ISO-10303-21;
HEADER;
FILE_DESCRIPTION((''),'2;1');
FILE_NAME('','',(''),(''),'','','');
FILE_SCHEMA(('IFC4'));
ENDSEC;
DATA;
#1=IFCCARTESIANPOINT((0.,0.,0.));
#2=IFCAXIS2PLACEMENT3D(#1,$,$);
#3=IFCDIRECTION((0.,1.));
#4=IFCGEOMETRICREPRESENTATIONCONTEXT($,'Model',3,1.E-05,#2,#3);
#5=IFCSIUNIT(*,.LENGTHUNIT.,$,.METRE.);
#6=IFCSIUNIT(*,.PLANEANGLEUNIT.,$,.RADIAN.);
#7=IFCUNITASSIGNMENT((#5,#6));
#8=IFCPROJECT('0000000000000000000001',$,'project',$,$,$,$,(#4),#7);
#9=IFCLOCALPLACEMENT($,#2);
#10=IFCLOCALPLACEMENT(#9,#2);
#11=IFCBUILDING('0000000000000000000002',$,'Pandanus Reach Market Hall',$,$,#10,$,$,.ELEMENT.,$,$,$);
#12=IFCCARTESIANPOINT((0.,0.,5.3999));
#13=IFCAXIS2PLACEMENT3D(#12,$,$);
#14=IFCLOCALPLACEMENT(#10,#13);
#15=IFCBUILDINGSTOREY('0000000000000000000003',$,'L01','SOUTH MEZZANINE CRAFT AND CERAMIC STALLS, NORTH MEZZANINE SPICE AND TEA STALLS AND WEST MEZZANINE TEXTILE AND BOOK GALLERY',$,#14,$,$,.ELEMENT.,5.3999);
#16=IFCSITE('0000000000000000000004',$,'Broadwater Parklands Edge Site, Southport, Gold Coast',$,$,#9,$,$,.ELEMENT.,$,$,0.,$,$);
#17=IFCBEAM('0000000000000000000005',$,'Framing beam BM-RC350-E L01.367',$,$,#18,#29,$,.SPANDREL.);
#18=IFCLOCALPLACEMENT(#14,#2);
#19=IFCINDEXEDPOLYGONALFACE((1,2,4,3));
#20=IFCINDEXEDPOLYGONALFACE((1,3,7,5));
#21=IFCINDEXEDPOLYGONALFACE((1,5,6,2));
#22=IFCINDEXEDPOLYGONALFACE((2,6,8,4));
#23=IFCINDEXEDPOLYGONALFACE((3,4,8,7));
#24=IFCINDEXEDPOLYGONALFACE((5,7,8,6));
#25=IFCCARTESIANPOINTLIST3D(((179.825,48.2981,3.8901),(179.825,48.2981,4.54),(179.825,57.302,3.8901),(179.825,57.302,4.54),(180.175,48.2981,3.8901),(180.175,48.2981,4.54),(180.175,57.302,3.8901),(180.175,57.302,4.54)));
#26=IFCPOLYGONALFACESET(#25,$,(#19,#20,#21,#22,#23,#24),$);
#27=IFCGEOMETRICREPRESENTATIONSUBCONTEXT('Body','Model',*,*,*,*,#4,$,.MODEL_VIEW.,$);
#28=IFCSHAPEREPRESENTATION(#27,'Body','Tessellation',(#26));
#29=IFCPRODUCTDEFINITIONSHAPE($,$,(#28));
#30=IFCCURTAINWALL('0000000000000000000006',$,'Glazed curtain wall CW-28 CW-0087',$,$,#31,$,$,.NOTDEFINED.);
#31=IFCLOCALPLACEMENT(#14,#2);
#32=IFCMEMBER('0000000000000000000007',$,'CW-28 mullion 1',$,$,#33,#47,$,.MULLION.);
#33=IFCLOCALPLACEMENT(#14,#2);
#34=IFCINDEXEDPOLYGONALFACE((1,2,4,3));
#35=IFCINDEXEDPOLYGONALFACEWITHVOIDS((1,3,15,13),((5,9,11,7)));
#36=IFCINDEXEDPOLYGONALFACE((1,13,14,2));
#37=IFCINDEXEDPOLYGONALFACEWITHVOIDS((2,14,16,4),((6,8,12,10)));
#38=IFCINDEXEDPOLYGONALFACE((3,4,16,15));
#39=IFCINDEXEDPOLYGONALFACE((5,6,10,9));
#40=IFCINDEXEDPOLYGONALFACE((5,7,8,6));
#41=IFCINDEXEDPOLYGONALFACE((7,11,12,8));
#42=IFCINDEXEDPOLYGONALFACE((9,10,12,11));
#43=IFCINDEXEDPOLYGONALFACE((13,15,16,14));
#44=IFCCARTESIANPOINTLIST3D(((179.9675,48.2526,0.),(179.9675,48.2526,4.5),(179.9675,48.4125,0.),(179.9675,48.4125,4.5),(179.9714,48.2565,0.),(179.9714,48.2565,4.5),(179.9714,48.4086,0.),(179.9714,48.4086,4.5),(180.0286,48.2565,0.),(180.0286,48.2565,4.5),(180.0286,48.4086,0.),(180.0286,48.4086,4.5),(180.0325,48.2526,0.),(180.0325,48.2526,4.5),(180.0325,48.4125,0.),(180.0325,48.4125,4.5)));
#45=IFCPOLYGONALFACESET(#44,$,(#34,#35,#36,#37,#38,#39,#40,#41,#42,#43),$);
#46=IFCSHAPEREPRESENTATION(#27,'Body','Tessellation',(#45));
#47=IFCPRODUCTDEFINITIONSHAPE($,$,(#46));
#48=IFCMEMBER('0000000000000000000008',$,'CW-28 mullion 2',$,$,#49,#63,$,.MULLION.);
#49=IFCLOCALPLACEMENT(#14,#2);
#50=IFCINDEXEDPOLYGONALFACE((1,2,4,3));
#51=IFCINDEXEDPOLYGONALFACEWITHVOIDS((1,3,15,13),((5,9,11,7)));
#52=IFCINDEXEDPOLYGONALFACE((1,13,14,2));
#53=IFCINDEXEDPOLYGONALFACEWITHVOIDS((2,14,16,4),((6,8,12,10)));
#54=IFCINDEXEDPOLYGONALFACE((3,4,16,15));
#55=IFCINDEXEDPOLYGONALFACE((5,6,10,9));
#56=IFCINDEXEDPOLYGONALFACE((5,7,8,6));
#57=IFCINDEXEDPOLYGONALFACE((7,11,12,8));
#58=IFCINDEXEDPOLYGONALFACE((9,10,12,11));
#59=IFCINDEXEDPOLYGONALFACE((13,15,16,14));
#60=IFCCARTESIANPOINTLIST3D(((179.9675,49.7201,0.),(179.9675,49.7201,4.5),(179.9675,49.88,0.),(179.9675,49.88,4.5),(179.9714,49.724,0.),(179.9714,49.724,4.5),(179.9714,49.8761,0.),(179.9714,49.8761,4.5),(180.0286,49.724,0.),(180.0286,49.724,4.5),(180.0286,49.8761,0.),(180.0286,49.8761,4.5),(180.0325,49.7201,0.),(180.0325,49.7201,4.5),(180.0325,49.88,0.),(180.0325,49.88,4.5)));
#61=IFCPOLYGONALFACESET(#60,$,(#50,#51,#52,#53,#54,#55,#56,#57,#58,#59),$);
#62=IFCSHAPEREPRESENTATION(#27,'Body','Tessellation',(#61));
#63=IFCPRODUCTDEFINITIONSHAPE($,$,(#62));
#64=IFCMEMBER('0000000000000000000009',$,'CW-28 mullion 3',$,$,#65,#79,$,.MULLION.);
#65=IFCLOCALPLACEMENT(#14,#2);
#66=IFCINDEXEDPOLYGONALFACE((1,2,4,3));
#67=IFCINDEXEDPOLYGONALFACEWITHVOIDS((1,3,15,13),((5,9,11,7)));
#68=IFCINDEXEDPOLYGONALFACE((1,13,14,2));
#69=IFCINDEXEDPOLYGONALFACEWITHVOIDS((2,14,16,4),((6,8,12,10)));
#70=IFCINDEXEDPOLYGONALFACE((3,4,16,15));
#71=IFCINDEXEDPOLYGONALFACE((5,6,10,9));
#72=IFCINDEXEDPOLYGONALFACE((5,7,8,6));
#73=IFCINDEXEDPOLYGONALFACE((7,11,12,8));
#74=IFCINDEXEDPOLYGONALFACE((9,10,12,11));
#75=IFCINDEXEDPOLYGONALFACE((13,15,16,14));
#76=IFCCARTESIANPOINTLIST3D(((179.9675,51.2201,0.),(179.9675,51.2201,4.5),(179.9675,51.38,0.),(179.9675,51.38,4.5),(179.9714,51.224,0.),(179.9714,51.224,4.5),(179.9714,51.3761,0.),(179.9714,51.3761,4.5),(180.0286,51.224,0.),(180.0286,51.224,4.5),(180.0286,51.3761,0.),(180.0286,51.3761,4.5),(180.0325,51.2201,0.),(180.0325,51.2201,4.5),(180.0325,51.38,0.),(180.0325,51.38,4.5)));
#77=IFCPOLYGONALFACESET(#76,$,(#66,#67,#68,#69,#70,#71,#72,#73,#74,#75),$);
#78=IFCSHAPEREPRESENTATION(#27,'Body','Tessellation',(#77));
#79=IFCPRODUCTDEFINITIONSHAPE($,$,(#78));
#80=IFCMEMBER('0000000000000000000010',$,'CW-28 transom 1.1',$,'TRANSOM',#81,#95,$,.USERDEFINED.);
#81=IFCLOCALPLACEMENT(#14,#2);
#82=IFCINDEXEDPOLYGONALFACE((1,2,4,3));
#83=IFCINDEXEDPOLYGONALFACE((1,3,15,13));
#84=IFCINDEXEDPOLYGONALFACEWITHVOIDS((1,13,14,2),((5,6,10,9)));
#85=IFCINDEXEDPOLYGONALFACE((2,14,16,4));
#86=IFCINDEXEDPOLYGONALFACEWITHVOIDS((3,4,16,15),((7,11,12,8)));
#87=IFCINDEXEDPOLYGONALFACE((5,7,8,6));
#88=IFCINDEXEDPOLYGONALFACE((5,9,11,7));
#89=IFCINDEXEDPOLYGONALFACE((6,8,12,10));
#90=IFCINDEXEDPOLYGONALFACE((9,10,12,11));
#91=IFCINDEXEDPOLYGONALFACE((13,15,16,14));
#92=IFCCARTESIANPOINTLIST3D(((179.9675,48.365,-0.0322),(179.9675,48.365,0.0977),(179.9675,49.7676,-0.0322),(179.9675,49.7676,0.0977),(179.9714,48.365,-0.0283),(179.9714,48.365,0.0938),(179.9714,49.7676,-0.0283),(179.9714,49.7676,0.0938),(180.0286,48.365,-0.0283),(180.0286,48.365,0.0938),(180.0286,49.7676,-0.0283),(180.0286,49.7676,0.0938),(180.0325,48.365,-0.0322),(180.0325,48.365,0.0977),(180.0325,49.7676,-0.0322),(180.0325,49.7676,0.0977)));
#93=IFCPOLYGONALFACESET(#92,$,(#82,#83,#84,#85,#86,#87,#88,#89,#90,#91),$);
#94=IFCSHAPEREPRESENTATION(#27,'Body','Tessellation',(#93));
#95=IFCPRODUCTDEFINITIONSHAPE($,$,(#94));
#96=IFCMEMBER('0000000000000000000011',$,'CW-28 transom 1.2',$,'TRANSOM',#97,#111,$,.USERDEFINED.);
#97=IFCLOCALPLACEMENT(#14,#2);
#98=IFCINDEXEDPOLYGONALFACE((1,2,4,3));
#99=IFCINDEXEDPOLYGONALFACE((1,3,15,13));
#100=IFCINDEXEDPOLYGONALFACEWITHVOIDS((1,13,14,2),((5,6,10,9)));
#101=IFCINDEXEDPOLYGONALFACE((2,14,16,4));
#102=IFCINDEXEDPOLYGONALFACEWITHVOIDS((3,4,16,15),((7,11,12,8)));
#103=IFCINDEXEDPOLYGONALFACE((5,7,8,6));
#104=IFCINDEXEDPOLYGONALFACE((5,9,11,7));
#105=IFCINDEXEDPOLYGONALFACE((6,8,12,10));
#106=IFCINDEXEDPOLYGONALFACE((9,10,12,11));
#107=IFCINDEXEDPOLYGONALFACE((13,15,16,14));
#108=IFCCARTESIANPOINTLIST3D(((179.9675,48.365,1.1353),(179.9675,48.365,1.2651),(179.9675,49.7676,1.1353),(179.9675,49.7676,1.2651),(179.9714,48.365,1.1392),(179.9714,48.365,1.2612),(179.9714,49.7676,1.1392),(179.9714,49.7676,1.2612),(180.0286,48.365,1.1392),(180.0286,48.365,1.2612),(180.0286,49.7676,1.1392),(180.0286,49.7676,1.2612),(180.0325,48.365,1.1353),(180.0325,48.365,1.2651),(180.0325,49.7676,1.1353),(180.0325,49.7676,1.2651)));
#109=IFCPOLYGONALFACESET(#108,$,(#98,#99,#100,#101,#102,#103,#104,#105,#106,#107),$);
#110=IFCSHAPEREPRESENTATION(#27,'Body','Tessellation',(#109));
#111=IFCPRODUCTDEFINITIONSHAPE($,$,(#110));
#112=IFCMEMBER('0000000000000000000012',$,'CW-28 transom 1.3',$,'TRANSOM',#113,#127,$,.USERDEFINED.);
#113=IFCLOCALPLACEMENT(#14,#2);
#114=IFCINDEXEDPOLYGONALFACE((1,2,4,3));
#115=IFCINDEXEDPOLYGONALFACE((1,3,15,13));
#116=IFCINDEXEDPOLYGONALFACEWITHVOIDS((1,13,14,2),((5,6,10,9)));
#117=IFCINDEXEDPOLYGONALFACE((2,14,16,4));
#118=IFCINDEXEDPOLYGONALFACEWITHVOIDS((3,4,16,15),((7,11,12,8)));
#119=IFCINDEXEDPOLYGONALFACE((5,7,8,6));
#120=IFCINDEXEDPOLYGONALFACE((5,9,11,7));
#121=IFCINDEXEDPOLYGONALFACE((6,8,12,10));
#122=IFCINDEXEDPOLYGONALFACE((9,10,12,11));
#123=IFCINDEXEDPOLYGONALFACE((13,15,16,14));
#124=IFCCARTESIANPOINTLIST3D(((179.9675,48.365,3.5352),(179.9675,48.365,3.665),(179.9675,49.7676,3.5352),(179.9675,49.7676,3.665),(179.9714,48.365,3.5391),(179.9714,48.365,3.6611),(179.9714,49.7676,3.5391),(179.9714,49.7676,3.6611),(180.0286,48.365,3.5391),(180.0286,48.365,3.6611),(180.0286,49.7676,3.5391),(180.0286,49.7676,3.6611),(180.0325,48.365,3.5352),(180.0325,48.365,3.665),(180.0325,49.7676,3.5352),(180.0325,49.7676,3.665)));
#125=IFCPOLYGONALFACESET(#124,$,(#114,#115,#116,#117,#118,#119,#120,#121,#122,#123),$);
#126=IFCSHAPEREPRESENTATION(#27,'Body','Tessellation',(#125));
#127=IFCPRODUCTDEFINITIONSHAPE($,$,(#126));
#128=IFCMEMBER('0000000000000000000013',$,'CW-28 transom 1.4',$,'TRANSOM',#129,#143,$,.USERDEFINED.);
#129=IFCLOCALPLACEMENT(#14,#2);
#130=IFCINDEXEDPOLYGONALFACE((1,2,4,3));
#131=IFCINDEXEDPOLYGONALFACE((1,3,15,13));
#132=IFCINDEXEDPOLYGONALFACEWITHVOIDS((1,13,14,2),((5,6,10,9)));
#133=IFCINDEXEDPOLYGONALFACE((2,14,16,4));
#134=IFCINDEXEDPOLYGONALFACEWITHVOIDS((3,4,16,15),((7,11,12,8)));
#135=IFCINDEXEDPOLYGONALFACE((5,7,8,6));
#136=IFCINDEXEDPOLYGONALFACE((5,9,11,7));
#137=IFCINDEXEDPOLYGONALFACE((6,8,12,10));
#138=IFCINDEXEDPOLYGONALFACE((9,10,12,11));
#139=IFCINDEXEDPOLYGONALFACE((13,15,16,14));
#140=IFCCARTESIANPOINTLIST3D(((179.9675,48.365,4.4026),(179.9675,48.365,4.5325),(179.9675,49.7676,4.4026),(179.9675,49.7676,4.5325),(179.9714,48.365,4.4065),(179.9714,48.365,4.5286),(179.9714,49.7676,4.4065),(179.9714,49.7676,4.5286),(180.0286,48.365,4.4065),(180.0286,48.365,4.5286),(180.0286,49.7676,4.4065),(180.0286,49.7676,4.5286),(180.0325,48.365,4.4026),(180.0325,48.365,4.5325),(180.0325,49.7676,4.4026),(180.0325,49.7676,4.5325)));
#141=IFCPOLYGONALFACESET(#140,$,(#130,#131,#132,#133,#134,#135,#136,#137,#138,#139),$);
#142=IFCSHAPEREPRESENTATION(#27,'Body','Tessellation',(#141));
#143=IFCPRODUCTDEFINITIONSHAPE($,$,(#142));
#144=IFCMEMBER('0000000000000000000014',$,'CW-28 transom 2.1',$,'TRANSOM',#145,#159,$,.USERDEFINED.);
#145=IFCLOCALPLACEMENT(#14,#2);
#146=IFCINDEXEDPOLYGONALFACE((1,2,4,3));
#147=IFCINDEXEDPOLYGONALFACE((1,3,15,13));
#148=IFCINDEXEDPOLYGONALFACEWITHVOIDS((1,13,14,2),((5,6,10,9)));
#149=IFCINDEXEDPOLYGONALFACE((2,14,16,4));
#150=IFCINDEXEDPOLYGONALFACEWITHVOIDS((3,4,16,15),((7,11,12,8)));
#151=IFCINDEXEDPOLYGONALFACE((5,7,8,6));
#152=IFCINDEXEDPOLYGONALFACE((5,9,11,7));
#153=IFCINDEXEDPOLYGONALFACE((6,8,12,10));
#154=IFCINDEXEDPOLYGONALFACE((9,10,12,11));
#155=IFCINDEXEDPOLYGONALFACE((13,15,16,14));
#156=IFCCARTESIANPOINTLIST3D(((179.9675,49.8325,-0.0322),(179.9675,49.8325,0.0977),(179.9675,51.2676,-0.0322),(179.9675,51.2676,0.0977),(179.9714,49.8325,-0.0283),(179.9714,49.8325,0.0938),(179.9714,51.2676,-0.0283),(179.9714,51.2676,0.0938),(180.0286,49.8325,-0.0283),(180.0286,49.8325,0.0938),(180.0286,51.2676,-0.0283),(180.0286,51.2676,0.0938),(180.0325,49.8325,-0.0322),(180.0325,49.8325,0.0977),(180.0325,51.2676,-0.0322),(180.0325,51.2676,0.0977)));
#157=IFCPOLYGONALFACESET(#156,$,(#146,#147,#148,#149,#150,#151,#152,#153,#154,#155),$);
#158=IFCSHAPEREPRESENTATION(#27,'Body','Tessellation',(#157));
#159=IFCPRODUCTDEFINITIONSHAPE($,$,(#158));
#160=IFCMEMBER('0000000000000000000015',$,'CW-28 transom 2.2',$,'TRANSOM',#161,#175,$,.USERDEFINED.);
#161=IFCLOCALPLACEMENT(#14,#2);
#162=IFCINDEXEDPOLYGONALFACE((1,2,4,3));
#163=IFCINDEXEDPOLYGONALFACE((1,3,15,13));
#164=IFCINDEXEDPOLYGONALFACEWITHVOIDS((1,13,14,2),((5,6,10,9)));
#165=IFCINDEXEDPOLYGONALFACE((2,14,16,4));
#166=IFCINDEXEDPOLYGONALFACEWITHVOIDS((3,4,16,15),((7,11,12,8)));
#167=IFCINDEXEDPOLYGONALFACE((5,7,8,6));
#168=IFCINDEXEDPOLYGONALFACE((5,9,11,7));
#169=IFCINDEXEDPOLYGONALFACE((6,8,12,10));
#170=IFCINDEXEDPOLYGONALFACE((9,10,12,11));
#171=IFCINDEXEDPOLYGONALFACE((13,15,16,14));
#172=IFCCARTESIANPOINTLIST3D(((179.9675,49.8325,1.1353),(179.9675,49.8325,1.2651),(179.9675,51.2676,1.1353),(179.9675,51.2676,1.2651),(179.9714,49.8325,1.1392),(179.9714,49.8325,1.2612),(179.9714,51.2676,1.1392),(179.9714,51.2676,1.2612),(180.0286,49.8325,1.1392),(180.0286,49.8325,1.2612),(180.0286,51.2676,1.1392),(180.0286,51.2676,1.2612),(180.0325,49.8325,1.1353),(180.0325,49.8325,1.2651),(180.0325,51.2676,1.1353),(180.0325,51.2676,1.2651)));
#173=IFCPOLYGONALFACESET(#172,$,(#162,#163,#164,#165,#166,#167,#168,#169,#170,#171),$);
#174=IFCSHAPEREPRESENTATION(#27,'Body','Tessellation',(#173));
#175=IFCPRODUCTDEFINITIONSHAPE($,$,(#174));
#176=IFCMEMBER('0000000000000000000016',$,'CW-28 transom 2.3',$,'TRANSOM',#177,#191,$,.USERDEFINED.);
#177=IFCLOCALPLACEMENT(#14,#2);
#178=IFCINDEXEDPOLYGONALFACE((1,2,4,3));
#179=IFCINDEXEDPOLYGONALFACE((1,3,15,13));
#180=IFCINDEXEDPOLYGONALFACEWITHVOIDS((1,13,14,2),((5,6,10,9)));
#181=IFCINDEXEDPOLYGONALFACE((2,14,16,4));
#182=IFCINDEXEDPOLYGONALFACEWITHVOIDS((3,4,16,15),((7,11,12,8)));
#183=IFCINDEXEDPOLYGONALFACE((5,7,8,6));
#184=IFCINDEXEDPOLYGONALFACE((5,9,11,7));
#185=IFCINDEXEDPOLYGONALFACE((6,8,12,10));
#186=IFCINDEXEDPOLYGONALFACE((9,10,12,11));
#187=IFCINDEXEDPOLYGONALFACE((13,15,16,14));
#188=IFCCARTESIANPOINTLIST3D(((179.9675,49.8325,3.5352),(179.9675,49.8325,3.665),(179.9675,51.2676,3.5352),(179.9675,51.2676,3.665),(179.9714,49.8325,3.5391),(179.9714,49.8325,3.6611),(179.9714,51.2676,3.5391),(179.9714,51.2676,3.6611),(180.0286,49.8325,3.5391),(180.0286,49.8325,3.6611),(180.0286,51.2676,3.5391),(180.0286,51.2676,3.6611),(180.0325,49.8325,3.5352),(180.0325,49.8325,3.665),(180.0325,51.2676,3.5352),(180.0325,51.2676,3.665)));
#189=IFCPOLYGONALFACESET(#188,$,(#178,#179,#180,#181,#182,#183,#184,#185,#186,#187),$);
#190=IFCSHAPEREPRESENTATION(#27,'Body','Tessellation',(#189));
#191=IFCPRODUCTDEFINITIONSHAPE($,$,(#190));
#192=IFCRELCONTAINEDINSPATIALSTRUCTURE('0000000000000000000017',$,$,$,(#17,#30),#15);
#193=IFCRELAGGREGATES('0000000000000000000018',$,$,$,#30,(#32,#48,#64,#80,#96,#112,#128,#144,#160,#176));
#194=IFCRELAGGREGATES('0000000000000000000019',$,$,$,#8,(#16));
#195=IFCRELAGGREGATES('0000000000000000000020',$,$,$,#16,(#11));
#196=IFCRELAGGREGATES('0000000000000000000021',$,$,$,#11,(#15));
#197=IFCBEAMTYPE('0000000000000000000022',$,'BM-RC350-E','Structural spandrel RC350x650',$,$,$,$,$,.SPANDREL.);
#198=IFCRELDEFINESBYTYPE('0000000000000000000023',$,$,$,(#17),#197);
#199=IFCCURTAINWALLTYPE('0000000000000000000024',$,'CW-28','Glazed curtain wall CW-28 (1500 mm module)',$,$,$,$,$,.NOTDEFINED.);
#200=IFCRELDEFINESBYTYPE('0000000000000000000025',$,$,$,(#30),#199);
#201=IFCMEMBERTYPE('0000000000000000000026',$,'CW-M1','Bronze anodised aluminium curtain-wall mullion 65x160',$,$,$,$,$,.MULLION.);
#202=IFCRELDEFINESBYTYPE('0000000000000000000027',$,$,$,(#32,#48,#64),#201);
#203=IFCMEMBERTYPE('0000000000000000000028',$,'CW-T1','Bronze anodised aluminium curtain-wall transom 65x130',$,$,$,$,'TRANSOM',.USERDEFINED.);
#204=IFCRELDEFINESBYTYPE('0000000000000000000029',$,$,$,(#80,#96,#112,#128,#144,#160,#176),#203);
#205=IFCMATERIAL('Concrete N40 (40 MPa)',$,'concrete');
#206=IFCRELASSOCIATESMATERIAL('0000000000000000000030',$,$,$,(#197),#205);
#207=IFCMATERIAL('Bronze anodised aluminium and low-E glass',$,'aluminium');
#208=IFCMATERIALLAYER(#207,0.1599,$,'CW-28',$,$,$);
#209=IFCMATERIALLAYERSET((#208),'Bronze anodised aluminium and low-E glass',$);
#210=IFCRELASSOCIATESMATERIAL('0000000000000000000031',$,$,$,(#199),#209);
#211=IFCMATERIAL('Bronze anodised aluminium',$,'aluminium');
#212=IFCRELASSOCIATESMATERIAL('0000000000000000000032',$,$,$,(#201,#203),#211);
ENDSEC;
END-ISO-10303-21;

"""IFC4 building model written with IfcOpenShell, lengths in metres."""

from ifc_helpers import new_model, si_unit, direction, frame, origin, origin_2d, place, context, subcontext, project, spatial, rectangle, hollow_rectangle, extrude, material, layer, layer_set, material_profile, profile_set, type_object, element, aggregate, save


model = new_model("IFC4")

# Units and contexts
model_context = context("Model", 3, precision=1e-05, world=origin(), true_north=direction((0.0, 1.0)))
body_context = subcontext(model_context, "Body", "Model", "MODEL_VIEW")
ifc_project = project(units=[si_unit("LENGTHUNIT", "METRE"), si_unit("PLANEANGLEUNIT", "RADIAN")], contexts=[model_context])

# Site, building, storey
site_placement = place(None, origin())
site = spatial("IfcSite", under=ifc_project, at=site_placement, Name="Broadwater Parklands Edge Site, Southport, Gold Coast", CompositionType="ELEMENT", RefElevation=0.0)
building_placement = place(site_placement, origin())
building = spatial("IfcBuilding", under=site, at=building_placement, Name="Pandanus Reach Market Hall", CompositionType="ELEMENT")
storey_placement = place(building_placement, frame((0.0, 0.0, 5.3999)))
storey = spatial("IfcBuildingStorey", under=building, at=storey_placement, Name="L01", Description="SOUTH MEZZANINE CRAFT AND CERAMIC STALLS, NORTH MEZZANINE SPICE AND TEA STALLS AND WEST MEZZANINE TEXTILE AND BOOK GALLERY", CompositionType="ELEMENT", Elevation=5.3999)

# Beam
ifc_material_1 = material(Name="Concrete N40 (40 MPa)", Category="concrete")
ifc_material_profile_1 = material_profile(ifc_material_1, rectangle(XDim=0.3501, YDim=0.6499, at=origin_2d()), Name="RC350x650", Category="LoadBearing")
ifc_profile_set_1 = profile_set([ifc_material_profile_1], Name="Concrete N40 (40 MPa)")
beam_type = type_object("IfcBeamType", Name="BM-RC350-E", Description="Structural spandrel RC350x650", PredefinedType="SPANDREL", material=ifc_profile_set_1)
beam_placement = place(storey_placement, frame((180.0, 48.2981, 4.2151), z_axis=(0.0, 1.0, 0.0), x_axis=(-1.0, 0.0, 0.0)))
element("IfcBeam", 1, at=beam_placement, inside=storey, type_object=beam_type, Name="Framing beam BM-RC350-E L01.367", PredefinedType="SPANDREL", context=body_context, shape_type="SweptSolid", body=[
    extrude(rectangle(XDim=0.3501, YDim=0.6499, at=origin_2d()), origin(), (0.0, 0.0, 1.0), 9.0039),
])

# Curtain wall, members
ifc_material_2 = material(Name="Bronze anodised aluminium and low-E glass", Category="aluminium")
ifc_layer_1 = layer(ifc_material_2, 0.1599, Name="CW-28")
ifc_layer_set_1 = layer_set([ifc_layer_1], Name="Bronze anodised aluminium and low-E glass")
curtain_wall_type = type_object("IfcCurtainWallType", Name="CW-28", Description="Glazed curtain wall CW-28 (1500 mm module)", PredefinedType="NOTDEFINED", material=ifc_layer_set_1)
curtain_wall_placement = place(storey_placement, origin())
curtain_wall = element("IfcCurtainWall", 2, at=curtain_wall_placement, inside=storey, type_object=curtain_wall_type, Name="Glazed curtain wall CW-28 CW-0087", PredefinedType="NOTDEFINED")
ifc_material_3 = material(Name="Bronze anodised aluminium", Category="aluminium")
ifc_material_profile_2 = material_profile(ifc_material_3, hollow_rectangle(XDim=0.0649, YDim=0.1599, WallThickness=0.0039, at=origin_2d()), Name="ALU65x160", Category="LoadBearing")
ifc_profile_set_2 = profile_set([ifc_material_profile_2], Name="Bronze anodised aluminium")
member_type_1 = type_object("IfcMemberType", Name="CW-M1", Description="Bronze anodised aluminium curtain-wall mullion 65x160", PredefinedType="MULLION", material=ifc_profile_set_2)
member_1_placement = place(storey_placement, frame((180.0, 48.3325, 0.0), z_axis=(0.0, 0.0, 1.0), x_axis=(-1.0, 0.0, 0.0)))
member_1 = element("IfcMember", 3, at=member_1_placement, type_object=member_type_1, Name="CW-28 mullion 1", PredefinedType="MULLION", context=body_context, shape_type="SweptSolid", body=[
    extrude(hollow_rectangle(XDim=0.0649, YDim=0.1599, WallThickness=0.0039, at=origin_2d()), origin(), (0.0, 0.0, 1.0), 4.5),
])
member_2_placement = place(storey_placement, frame((180.0, 49.8, 0.0), z_axis=(0.0, 0.0, 1.0), x_axis=(-1.0, 0.0, 0.0)))
member_2 = element("IfcMember", 4, at=member_2_placement, type_object=member_type_1, Name="CW-28 mullion 2", PredefinedType="MULLION", context=body_context, shape_type="SweptSolid", body=[
    extrude(hollow_rectangle(XDim=0.0649, YDim=0.1599, WallThickness=0.0039, at=origin_2d()), origin(), (0.0, 0.0, 1.0), 4.5),
])
member_3_placement = place(storey_placement, frame((180.0, 51.3, 0.0), z_axis=(0.0, 0.0, 1.0), x_axis=(-1.0, 0.0, 0.0)))
member_3 = element("IfcMember", 5, at=member_3_placement, type_object=member_type_1, Name="CW-28 mullion 3", PredefinedType="MULLION", context=body_context, shape_type="SweptSolid", body=[
    extrude(hollow_rectangle(XDim=0.0649, YDim=0.1599, WallThickness=0.0039, at=origin_2d()), origin(), (0.0, 0.0, 1.0), 4.5),
])
ifc_material_profile_3 = material_profile(ifc_material_3, hollow_rectangle(XDim=0.0649, YDim=0.1299, WallThickness=0.0039, at=origin_2d()), Name="ALU65x130", Category="LoadBearing")
ifc_profile_set_3 = profile_set([ifc_material_profile_3], Name="Bronze anodised aluminium")
member_type_2 = type_object("IfcMemberType", Name="CW-T1", Description="Bronze anodised aluminium curtain-wall transom 65x130", ElementType="TRANSOM", PredefinedType="USERDEFINED", material=ifc_profile_set_3)
member_4_placement = place(storey_placement, frame((180.0, 48.365, 0.0327), z_axis=(0.0, 1.0, 0.0), x_axis=(-1.0, 0.0, 0.0)))
member_4 = element("IfcMember", 6, at=member_4_placement, type_object=member_type_2, Name="CW-28 transom 1.1", ObjectType="TRANSOM", PredefinedType="USERDEFINED", context=body_context, shape_type="SweptSolid", body=[
    extrude(hollow_rectangle(XDim=0.0649, YDim=0.1299, WallThickness=0.0039, at=origin_2d()), origin(), (0.0, 0.0, 1.0), 1.4026),
])
member_5_placement = place(storey_placement, frame((180.0, 48.365, 1.2002), z_axis=(0.0, 1.0, 0.0), x_axis=(-1.0, 0.0, 0.0)))
member_5 = element("IfcMember", 7, at=member_5_placement, type_object=member_type_2, Name="CW-28 transom 1.2", ObjectType="TRANSOM", PredefinedType="USERDEFINED", context=body_context, shape_type="SweptSolid", body=[
    extrude(hollow_rectangle(XDim=0.0649, YDim=0.1299, WallThickness=0.0039, at=origin_2d()), origin(), (0.0, 0.0, 1.0), 1.4026),
])
member_6_placement = place(storey_placement, frame((180.0, 48.365, 3.6001), z_axis=(0.0, 1.0, 0.0), x_axis=(-1.0, 0.0, 0.0)))
member_6 = element("IfcMember", 8, at=member_6_placement, type_object=member_type_2, Name="CW-28 transom 1.3", ObjectType="TRANSOM", PredefinedType="USERDEFINED", context=body_context, shape_type="SweptSolid", body=[
    extrude(hollow_rectangle(XDim=0.0649, YDim=0.1299, WallThickness=0.0039, at=origin_2d()), origin(), (0.0, 0.0, 1.0), 1.4026),
])
member_7_placement = place(storey_placement, frame((180.0, 48.365, 4.4675), z_axis=(0.0, 1.0, 0.0), x_axis=(-1.0, 0.0, 0.0)))
member_7 = element("IfcMember", 9, at=member_7_placement, type_object=member_type_2, Name="CW-28 transom 1.4", ObjectType="TRANSOM", PredefinedType="USERDEFINED", context=body_context, shape_type="SweptSolid", body=[
    extrude(hollow_rectangle(XDim=0.0649, YDim=0.1299, WallThickness=0.0039, at=origin_2d()), origin(), (0.0, 0.0, 1.0), 1.4026),
])
member_8_placement = place(storey_placement, frame((180.0, 49.8325, 0.0327), z_axis=(0.0, 1.0, 0.0), x_axis=(-1.0, 0.0, 0.0)))
member_8 = element("IfcMember", 10, at=member_8_placement, type_object=member_type_2, Name="CW-28 transom 2.1", ObjectType="TRANSOM", PredefinedType="USERDEFINED", context=body_context, shape_type="SweptSolid", body=[
    extrude(hollow_rectangle(XDim=0.0649, YDim=0.1299, WallThickness=0.0039, at=origin_2d()), origin(), (0.0, 0.0, 1.0), 1.4351),
])
member_9_placement = place(storey_placement, frame((180.0, 49.8325, 1.2002), z_axis=(0.0, 1.0, 0.0), x_axis=(-1.0, 0.0, 0.0)))
member_9 = element("IfcMember", 11, at=member_9_placement, type_object=member_type_2, Name="CW-28 transom 2.2", ObjectType="TRANSOM", PredefinedType="USERDEFINED", context=body_context, shape_type="SweptSolid", body=[
    extrude(hollow_rectangle(XDim=0.0649, YDim=0.1299, WallThickness=0.0039, at=origin_2d()), origin(), (0.0, 0.0, 1.0), 1.4351),
])
member_10_placement = place(storey_placement, frame((180.0, 49.8325, 3.6001), z_axis=(0.0, 1.0, 0.0), x_axis=(-1.0, 0.0, 0.0)))
member_10 = element("IfcMember", 12, at=member_10_placement, type_object=member_type_2, Name="CW-28 transom 2.3", ObjectType="TRANSOM", PredefinedType="USERDEFINED", context=body_context, shape_type="SweptSolid", body=[
    extrude(hollow_rectangle(XDim=0.0649, YDim=0.1299, WallThickness=0.0039, at=origin_2d()), origin(), (0.0, 0.0, 1.0), 1.4351),
])
aggregate(curtain_wall, [member_1, member_2, member_3, member_4, member_5, member_6, member_7, member_8, member_9, member_10])

save(model, "model.ifc")
